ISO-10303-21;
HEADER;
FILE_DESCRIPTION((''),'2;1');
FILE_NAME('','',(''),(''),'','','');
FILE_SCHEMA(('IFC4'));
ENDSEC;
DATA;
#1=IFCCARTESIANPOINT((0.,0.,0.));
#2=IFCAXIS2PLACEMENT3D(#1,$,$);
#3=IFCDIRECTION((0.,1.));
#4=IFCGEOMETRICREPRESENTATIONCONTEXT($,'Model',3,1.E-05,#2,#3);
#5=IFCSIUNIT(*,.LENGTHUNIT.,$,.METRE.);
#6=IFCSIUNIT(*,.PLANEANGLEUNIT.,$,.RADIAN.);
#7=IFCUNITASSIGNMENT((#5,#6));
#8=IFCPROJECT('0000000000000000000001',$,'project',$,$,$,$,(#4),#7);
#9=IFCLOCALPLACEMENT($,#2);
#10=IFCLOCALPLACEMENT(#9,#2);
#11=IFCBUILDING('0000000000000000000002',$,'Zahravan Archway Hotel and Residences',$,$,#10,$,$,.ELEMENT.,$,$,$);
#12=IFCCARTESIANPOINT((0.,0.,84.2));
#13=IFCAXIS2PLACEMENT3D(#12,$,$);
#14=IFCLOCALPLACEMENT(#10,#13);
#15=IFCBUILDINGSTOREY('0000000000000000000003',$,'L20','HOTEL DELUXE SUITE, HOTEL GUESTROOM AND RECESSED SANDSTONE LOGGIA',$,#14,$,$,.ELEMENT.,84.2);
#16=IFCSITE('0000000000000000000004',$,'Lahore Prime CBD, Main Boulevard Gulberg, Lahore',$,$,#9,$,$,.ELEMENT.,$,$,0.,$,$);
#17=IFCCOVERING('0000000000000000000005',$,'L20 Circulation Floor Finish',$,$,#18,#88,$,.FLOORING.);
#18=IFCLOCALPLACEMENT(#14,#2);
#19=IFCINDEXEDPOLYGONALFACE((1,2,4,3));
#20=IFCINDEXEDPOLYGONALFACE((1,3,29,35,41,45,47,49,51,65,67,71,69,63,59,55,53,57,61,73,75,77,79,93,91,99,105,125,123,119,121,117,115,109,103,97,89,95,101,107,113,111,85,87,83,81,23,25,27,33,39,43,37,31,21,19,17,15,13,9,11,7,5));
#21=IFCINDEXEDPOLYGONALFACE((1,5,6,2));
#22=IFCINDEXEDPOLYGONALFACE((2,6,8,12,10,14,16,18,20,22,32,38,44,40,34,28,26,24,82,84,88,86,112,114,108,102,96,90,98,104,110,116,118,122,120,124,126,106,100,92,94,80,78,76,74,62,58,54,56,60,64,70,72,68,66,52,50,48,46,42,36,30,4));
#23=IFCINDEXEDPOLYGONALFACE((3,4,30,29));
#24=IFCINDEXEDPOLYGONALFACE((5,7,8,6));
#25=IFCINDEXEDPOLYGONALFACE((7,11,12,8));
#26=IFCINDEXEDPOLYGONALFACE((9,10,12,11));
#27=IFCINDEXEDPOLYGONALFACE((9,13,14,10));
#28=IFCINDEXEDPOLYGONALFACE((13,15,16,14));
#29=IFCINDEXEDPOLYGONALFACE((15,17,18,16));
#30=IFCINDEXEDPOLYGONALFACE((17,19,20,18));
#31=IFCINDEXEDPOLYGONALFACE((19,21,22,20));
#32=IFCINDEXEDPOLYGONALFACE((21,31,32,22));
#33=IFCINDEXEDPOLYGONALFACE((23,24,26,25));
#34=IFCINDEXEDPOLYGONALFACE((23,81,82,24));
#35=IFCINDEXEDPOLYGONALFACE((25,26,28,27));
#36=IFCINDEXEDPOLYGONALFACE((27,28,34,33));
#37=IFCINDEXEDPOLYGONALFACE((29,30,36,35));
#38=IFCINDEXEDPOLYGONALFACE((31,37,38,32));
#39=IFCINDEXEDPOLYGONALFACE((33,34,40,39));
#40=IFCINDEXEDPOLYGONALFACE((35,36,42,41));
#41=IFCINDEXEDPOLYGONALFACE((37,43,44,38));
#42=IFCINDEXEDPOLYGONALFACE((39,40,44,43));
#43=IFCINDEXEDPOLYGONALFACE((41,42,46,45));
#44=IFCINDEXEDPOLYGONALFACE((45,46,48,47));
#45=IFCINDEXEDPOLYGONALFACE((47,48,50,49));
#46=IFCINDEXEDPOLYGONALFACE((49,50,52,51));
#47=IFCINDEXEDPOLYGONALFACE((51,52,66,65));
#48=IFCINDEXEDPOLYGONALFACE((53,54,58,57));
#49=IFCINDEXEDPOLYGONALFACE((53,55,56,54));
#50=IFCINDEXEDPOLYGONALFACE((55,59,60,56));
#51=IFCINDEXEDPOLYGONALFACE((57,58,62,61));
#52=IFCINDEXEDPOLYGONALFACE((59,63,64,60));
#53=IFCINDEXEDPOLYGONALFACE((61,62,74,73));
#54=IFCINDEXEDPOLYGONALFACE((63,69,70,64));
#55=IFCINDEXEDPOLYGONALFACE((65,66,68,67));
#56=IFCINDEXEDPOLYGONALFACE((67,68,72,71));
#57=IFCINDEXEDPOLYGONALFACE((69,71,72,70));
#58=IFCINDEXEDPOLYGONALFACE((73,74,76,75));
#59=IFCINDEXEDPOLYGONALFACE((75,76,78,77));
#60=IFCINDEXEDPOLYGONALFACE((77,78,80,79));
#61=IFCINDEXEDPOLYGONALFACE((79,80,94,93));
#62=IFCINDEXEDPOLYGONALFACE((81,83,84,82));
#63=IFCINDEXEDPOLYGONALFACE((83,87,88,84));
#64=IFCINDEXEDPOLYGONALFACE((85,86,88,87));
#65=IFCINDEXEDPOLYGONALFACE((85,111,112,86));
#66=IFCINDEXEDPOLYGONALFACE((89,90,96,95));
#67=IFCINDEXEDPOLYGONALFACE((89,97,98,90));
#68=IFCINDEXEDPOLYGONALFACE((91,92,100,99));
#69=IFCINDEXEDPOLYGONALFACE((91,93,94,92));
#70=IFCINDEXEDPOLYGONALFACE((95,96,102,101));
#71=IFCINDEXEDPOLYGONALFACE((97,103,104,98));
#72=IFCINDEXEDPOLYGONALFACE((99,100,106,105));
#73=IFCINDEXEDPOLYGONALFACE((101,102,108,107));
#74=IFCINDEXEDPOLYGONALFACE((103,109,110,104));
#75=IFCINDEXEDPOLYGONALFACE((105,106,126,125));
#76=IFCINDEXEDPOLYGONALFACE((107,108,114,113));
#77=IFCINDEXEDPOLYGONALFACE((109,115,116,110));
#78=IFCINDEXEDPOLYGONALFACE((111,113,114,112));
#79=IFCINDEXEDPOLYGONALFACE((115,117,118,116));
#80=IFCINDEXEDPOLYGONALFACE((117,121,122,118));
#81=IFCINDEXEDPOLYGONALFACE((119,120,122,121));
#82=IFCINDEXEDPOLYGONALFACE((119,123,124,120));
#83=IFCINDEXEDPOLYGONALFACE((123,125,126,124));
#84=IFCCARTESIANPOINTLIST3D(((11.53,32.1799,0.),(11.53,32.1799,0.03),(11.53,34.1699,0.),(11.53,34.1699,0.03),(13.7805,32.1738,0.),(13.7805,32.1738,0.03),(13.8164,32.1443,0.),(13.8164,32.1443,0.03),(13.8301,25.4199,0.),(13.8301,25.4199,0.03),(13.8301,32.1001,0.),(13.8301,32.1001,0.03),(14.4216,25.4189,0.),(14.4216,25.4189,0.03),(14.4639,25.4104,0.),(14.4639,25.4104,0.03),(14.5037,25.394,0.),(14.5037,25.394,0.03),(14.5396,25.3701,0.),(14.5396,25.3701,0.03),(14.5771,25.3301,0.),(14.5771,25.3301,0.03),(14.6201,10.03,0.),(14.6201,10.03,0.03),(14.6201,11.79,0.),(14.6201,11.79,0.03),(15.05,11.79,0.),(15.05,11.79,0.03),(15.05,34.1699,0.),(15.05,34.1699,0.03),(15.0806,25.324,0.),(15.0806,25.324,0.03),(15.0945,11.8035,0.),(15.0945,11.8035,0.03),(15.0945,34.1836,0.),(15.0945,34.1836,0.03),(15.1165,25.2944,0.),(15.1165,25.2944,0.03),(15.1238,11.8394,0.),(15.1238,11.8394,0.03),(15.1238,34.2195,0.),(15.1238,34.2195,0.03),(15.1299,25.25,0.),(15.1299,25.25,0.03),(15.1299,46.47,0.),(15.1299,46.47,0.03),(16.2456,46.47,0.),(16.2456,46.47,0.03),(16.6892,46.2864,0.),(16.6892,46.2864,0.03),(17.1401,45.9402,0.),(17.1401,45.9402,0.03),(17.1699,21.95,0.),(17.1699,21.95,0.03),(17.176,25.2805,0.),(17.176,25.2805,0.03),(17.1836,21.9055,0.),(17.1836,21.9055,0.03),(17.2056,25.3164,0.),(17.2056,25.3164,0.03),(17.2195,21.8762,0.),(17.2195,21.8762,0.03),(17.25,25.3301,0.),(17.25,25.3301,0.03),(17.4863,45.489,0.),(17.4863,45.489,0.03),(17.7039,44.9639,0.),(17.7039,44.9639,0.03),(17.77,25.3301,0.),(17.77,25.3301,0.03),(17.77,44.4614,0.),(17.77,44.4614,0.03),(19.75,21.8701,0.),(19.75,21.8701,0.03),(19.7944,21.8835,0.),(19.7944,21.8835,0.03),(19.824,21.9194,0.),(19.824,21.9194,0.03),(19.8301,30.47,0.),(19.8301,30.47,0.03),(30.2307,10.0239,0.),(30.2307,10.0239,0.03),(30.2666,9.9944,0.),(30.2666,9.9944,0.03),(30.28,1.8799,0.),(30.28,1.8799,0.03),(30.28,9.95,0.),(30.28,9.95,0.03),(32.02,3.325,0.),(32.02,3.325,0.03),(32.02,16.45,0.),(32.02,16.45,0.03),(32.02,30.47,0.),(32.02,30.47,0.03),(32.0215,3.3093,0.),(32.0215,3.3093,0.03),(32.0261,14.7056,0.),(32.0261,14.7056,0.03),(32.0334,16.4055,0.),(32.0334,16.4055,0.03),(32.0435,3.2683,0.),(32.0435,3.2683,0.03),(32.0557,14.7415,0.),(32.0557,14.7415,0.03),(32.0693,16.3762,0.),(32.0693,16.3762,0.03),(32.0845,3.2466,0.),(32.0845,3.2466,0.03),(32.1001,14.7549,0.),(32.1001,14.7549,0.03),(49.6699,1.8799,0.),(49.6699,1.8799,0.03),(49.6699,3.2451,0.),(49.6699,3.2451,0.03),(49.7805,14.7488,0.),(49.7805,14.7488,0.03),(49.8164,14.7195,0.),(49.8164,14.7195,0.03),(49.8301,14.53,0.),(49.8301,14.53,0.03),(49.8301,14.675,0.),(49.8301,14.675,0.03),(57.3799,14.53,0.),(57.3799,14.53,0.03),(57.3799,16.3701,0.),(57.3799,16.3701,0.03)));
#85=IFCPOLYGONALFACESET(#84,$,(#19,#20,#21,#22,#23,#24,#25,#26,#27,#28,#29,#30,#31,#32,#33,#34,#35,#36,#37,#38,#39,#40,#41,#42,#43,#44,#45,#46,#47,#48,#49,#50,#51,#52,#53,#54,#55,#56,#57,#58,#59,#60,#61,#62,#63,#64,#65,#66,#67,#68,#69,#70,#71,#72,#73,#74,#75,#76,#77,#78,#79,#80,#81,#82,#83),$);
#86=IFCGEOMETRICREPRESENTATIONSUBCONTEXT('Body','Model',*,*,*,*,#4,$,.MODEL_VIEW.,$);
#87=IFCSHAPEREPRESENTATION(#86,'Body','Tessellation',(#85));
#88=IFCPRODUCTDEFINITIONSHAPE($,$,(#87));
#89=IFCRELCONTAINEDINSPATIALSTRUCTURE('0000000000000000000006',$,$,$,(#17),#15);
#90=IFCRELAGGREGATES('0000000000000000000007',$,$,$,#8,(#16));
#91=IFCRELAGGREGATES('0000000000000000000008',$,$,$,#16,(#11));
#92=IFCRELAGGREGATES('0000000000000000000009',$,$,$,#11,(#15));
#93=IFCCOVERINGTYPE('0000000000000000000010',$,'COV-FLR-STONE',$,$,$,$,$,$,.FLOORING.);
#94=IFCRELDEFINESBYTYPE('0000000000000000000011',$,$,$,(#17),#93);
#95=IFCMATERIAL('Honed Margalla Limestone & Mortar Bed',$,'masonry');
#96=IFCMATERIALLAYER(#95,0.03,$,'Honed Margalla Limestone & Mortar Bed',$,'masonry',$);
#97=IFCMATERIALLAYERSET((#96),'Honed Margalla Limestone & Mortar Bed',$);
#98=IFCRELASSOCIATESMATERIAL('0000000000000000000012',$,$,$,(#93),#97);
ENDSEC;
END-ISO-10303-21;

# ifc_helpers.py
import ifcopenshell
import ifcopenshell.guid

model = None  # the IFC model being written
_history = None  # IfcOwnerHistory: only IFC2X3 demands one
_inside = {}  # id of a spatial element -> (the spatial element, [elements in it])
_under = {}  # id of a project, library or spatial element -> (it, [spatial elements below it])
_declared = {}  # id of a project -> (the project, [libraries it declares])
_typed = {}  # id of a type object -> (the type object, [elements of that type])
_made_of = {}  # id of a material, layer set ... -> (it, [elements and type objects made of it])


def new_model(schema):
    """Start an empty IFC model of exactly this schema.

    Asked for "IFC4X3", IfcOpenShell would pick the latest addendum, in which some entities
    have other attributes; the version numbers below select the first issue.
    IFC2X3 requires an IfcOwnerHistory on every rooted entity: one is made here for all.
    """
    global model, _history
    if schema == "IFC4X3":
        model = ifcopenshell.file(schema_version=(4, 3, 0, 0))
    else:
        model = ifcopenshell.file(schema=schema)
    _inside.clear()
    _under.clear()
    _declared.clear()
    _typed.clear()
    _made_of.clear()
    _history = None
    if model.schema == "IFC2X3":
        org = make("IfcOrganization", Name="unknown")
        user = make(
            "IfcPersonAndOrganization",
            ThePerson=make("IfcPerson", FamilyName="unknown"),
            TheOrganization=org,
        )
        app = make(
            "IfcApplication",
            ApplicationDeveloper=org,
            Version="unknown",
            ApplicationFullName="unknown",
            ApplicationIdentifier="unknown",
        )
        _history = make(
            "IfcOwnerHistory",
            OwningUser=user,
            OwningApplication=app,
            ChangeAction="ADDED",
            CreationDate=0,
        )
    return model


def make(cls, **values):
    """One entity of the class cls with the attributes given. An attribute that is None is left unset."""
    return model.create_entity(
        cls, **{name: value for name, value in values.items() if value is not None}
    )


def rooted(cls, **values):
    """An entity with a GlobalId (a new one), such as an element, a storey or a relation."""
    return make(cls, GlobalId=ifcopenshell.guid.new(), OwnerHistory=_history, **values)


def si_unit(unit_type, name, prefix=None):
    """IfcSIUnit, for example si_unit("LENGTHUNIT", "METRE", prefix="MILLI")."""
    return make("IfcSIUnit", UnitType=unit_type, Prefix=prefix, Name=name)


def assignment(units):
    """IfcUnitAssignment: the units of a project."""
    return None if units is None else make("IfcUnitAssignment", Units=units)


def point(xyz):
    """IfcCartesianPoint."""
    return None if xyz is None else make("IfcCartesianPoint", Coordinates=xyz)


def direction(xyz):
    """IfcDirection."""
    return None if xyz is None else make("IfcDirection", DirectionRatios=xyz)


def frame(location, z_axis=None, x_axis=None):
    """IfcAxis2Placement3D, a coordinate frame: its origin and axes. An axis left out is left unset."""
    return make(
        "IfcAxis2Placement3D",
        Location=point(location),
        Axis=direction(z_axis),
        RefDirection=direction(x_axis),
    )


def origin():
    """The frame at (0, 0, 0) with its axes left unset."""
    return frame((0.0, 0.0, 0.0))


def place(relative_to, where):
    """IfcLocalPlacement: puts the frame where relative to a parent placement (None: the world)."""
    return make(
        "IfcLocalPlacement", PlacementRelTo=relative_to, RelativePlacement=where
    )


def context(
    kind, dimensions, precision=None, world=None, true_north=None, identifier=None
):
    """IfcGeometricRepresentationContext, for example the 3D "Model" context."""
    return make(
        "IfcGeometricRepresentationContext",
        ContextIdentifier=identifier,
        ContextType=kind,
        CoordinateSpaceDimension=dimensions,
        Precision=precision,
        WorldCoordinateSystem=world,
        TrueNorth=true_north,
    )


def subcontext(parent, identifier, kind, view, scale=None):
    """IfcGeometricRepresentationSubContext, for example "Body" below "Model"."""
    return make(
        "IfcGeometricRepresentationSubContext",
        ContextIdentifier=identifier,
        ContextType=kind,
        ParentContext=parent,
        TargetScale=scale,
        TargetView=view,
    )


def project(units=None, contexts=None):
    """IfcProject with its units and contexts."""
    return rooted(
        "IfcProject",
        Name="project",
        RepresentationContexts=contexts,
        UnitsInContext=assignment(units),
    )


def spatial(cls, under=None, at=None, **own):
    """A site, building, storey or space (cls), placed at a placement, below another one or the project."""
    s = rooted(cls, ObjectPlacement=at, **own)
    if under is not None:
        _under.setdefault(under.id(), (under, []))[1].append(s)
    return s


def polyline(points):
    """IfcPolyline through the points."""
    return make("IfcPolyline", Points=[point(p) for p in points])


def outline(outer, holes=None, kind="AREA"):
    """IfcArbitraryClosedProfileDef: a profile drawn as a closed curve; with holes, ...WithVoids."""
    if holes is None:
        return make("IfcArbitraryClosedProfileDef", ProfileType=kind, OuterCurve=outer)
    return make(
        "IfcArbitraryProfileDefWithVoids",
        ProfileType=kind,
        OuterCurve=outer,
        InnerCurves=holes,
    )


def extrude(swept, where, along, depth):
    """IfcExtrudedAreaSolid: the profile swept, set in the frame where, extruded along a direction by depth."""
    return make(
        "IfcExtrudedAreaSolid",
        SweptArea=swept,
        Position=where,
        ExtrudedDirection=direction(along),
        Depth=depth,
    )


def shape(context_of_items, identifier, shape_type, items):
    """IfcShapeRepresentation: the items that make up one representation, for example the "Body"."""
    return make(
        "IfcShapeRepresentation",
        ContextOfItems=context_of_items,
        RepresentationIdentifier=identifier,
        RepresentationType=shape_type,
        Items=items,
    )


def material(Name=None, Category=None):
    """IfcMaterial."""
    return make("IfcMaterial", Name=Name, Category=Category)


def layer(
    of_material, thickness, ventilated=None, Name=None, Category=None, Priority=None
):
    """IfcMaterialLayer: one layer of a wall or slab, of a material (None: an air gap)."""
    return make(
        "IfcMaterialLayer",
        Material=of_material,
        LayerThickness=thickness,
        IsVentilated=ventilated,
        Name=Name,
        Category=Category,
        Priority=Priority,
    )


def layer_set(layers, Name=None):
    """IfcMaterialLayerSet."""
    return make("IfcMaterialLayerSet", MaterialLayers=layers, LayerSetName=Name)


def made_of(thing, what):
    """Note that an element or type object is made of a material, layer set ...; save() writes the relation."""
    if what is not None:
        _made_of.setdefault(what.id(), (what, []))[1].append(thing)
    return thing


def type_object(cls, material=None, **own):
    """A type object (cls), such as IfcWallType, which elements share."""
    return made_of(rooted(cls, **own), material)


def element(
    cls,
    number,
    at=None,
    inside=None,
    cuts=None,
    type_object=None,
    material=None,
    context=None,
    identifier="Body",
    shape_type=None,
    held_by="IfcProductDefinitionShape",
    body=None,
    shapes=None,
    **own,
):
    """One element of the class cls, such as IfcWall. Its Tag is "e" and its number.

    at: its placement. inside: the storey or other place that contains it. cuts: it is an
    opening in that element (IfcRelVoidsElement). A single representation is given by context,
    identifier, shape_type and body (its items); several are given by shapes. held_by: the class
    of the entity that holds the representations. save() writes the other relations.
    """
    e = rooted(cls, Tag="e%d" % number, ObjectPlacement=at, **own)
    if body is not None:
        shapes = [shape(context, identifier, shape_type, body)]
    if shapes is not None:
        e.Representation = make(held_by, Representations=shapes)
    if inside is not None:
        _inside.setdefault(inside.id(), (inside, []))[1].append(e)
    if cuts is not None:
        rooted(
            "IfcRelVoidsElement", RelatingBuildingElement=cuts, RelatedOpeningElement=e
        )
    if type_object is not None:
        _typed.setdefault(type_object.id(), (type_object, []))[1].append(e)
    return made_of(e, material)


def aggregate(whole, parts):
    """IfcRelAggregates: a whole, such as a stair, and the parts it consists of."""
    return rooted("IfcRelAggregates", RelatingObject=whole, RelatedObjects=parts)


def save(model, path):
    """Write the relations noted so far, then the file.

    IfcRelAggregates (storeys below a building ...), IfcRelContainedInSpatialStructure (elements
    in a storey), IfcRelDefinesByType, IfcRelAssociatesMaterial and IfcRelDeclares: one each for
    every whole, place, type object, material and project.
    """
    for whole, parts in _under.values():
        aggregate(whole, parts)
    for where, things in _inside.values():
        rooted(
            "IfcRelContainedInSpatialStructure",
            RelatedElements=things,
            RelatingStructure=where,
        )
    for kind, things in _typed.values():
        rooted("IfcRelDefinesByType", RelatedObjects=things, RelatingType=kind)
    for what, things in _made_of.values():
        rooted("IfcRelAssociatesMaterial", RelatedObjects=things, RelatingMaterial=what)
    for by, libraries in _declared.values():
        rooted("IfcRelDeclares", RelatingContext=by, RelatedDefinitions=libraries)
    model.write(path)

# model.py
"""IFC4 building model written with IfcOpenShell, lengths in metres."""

from ifc_helpers import new_model, si_unit, direction, frame, origin, place, context, subcontext, project, spatial, polyline, outline, extrude, material, layer, layer_set, type_object, element, save


model = new_model("IFC4")

# Units and contexts
model_context = context("Model", 3, precision=1e-05, world=origin(), true_north=direction((0.0, 1.0)))
body_context = subcontext(model_context, "Body", "Model", "MODEL_VIEW")
ifc_project = project(units=[si_unit("LENGTHUNIT", "METRE"), si_unit("PLANEANGLEUNIT", "RADIAN")], contexts=[model_context])

# Site, building, storey
site_placement = place(None, origin())
site = spatial("IfcSite", under=ifc_project, at=site_placement, Name="Lahore Prime CBD, Main Boulevard Gulberg, Lahore", CompositionType="ELEMENT", RefElevation=0.0)
building_placement = place(site_placement, origin())
building = spatial("IfcBuilding", under=site, at=building_placement, Name="Zahravan Archway Hotel and Residences", CompositionType="ELEMENT")
storey_placement = place(building_placement, frame((0.0, 0.0, 84.2)))
storey = spatial("IfcBuildingStorey", under=building, at=storey_placement, Name="L20", Description="HOTEL DELUXE SUITE, HOTEL GUESTROOM AND RECESSED SANDSTONE LOGGIA", CompositionType="ELEMENT", Elevation=84.2)

# Covering
ifc_material_1 = material(Name="Honed Margalla Limestone & Mortar Bed", Category="masonry")
ifc_layer_1 = layer(ifc_material_1, 0.03, Name="Honed Margalla Limestone & Mortar Bed", Category="masonry")
ifc_layer_set_1 = layer_set([ifc_layer_1], Name="Honed Margalla Limestone & Mortar Bed")
covering_type_1 = type_object("IfcCoveringType", Name="COV-FLR-STONE", PredefinedType="FLOORING", material=ifc_layer_set_1)
covering_1_placement = place(storey_placement, origin())
element("IfcCovering", 1, at=covering_1_placement, inside=storey, type_object=covering_type_1, Name="L20 Circulation Floor Finish", PredefinedType="FLOORING", context=body_context, shape_type="SweptSolid", body=[
    extrude(outline(polyline([(32.0215, 3.3093), (32.0435, 3.2683), (32.0845, 3.2466), (49.6699, 3.2451), (49.6699, 1.8799), (30.28, 1.8799), (30.28, 9.95), (30.2666, 9.9944), (30.2307, 10.0239), (14.6201, 10.03), (14.6201, 11.79), (15.05, 11.79), (15.0945, 11.8035), (15.1238, 11.8394), (15.1299, 25.25), (15.1165, 25.2944), (15.0806, 25.324), (14.5771, 25.3301), (14.5396, 25.3701), (14.5037, 25.394), (14.4639, 25.4104), (14.4216, 25.4189), (13.8301, 25.4199), (13.8301, 32.1001), (13.8164, 32.1443), (13.7805, 32.1738), (11.53, 32.1799), (11.53, 34.1699), (15.05, 34.1699), (15.0945, 34.1836), (15.1238, 34.2195), (15.1299, 46.47), (16.2456, 46.47), (16.6892, 46.2864), (17.1401, 45.9402), (17.4863, 45.489), (17.7039, 44.9639), (17.77, 44.4614), (17.77, 25.3301), (17.25, 25.3301), (17.2056, 25.3164), (17.176, 25.2805), (17.1699, 21.95), (17.1836, 21.9055), (17.2195, 21.8762), (19.75, 21.8701), (19.7944, 21.8835), (19.824, 21.9194), (19.8301, 30.47), (32.02, 30.47), (32.02, 16.45), (32.0334, 16.4055), (32.0693, 16.3762), (57.3799, 16.3701), (57.3799, 14.53), (49.8301, 14.53), (49.8301, 14.675), (49.8164, 14.7195), (49.7805, 14.7488), (32.1001, 14.7549), (32.0557, 14.7415), (32.0261, 14.7056), (32.02, 3.325), (32.0215, 3.3093)])), origin(), (0.0, 0.0, 1.0), 0.03),
])

save(model, "model.ifc")
